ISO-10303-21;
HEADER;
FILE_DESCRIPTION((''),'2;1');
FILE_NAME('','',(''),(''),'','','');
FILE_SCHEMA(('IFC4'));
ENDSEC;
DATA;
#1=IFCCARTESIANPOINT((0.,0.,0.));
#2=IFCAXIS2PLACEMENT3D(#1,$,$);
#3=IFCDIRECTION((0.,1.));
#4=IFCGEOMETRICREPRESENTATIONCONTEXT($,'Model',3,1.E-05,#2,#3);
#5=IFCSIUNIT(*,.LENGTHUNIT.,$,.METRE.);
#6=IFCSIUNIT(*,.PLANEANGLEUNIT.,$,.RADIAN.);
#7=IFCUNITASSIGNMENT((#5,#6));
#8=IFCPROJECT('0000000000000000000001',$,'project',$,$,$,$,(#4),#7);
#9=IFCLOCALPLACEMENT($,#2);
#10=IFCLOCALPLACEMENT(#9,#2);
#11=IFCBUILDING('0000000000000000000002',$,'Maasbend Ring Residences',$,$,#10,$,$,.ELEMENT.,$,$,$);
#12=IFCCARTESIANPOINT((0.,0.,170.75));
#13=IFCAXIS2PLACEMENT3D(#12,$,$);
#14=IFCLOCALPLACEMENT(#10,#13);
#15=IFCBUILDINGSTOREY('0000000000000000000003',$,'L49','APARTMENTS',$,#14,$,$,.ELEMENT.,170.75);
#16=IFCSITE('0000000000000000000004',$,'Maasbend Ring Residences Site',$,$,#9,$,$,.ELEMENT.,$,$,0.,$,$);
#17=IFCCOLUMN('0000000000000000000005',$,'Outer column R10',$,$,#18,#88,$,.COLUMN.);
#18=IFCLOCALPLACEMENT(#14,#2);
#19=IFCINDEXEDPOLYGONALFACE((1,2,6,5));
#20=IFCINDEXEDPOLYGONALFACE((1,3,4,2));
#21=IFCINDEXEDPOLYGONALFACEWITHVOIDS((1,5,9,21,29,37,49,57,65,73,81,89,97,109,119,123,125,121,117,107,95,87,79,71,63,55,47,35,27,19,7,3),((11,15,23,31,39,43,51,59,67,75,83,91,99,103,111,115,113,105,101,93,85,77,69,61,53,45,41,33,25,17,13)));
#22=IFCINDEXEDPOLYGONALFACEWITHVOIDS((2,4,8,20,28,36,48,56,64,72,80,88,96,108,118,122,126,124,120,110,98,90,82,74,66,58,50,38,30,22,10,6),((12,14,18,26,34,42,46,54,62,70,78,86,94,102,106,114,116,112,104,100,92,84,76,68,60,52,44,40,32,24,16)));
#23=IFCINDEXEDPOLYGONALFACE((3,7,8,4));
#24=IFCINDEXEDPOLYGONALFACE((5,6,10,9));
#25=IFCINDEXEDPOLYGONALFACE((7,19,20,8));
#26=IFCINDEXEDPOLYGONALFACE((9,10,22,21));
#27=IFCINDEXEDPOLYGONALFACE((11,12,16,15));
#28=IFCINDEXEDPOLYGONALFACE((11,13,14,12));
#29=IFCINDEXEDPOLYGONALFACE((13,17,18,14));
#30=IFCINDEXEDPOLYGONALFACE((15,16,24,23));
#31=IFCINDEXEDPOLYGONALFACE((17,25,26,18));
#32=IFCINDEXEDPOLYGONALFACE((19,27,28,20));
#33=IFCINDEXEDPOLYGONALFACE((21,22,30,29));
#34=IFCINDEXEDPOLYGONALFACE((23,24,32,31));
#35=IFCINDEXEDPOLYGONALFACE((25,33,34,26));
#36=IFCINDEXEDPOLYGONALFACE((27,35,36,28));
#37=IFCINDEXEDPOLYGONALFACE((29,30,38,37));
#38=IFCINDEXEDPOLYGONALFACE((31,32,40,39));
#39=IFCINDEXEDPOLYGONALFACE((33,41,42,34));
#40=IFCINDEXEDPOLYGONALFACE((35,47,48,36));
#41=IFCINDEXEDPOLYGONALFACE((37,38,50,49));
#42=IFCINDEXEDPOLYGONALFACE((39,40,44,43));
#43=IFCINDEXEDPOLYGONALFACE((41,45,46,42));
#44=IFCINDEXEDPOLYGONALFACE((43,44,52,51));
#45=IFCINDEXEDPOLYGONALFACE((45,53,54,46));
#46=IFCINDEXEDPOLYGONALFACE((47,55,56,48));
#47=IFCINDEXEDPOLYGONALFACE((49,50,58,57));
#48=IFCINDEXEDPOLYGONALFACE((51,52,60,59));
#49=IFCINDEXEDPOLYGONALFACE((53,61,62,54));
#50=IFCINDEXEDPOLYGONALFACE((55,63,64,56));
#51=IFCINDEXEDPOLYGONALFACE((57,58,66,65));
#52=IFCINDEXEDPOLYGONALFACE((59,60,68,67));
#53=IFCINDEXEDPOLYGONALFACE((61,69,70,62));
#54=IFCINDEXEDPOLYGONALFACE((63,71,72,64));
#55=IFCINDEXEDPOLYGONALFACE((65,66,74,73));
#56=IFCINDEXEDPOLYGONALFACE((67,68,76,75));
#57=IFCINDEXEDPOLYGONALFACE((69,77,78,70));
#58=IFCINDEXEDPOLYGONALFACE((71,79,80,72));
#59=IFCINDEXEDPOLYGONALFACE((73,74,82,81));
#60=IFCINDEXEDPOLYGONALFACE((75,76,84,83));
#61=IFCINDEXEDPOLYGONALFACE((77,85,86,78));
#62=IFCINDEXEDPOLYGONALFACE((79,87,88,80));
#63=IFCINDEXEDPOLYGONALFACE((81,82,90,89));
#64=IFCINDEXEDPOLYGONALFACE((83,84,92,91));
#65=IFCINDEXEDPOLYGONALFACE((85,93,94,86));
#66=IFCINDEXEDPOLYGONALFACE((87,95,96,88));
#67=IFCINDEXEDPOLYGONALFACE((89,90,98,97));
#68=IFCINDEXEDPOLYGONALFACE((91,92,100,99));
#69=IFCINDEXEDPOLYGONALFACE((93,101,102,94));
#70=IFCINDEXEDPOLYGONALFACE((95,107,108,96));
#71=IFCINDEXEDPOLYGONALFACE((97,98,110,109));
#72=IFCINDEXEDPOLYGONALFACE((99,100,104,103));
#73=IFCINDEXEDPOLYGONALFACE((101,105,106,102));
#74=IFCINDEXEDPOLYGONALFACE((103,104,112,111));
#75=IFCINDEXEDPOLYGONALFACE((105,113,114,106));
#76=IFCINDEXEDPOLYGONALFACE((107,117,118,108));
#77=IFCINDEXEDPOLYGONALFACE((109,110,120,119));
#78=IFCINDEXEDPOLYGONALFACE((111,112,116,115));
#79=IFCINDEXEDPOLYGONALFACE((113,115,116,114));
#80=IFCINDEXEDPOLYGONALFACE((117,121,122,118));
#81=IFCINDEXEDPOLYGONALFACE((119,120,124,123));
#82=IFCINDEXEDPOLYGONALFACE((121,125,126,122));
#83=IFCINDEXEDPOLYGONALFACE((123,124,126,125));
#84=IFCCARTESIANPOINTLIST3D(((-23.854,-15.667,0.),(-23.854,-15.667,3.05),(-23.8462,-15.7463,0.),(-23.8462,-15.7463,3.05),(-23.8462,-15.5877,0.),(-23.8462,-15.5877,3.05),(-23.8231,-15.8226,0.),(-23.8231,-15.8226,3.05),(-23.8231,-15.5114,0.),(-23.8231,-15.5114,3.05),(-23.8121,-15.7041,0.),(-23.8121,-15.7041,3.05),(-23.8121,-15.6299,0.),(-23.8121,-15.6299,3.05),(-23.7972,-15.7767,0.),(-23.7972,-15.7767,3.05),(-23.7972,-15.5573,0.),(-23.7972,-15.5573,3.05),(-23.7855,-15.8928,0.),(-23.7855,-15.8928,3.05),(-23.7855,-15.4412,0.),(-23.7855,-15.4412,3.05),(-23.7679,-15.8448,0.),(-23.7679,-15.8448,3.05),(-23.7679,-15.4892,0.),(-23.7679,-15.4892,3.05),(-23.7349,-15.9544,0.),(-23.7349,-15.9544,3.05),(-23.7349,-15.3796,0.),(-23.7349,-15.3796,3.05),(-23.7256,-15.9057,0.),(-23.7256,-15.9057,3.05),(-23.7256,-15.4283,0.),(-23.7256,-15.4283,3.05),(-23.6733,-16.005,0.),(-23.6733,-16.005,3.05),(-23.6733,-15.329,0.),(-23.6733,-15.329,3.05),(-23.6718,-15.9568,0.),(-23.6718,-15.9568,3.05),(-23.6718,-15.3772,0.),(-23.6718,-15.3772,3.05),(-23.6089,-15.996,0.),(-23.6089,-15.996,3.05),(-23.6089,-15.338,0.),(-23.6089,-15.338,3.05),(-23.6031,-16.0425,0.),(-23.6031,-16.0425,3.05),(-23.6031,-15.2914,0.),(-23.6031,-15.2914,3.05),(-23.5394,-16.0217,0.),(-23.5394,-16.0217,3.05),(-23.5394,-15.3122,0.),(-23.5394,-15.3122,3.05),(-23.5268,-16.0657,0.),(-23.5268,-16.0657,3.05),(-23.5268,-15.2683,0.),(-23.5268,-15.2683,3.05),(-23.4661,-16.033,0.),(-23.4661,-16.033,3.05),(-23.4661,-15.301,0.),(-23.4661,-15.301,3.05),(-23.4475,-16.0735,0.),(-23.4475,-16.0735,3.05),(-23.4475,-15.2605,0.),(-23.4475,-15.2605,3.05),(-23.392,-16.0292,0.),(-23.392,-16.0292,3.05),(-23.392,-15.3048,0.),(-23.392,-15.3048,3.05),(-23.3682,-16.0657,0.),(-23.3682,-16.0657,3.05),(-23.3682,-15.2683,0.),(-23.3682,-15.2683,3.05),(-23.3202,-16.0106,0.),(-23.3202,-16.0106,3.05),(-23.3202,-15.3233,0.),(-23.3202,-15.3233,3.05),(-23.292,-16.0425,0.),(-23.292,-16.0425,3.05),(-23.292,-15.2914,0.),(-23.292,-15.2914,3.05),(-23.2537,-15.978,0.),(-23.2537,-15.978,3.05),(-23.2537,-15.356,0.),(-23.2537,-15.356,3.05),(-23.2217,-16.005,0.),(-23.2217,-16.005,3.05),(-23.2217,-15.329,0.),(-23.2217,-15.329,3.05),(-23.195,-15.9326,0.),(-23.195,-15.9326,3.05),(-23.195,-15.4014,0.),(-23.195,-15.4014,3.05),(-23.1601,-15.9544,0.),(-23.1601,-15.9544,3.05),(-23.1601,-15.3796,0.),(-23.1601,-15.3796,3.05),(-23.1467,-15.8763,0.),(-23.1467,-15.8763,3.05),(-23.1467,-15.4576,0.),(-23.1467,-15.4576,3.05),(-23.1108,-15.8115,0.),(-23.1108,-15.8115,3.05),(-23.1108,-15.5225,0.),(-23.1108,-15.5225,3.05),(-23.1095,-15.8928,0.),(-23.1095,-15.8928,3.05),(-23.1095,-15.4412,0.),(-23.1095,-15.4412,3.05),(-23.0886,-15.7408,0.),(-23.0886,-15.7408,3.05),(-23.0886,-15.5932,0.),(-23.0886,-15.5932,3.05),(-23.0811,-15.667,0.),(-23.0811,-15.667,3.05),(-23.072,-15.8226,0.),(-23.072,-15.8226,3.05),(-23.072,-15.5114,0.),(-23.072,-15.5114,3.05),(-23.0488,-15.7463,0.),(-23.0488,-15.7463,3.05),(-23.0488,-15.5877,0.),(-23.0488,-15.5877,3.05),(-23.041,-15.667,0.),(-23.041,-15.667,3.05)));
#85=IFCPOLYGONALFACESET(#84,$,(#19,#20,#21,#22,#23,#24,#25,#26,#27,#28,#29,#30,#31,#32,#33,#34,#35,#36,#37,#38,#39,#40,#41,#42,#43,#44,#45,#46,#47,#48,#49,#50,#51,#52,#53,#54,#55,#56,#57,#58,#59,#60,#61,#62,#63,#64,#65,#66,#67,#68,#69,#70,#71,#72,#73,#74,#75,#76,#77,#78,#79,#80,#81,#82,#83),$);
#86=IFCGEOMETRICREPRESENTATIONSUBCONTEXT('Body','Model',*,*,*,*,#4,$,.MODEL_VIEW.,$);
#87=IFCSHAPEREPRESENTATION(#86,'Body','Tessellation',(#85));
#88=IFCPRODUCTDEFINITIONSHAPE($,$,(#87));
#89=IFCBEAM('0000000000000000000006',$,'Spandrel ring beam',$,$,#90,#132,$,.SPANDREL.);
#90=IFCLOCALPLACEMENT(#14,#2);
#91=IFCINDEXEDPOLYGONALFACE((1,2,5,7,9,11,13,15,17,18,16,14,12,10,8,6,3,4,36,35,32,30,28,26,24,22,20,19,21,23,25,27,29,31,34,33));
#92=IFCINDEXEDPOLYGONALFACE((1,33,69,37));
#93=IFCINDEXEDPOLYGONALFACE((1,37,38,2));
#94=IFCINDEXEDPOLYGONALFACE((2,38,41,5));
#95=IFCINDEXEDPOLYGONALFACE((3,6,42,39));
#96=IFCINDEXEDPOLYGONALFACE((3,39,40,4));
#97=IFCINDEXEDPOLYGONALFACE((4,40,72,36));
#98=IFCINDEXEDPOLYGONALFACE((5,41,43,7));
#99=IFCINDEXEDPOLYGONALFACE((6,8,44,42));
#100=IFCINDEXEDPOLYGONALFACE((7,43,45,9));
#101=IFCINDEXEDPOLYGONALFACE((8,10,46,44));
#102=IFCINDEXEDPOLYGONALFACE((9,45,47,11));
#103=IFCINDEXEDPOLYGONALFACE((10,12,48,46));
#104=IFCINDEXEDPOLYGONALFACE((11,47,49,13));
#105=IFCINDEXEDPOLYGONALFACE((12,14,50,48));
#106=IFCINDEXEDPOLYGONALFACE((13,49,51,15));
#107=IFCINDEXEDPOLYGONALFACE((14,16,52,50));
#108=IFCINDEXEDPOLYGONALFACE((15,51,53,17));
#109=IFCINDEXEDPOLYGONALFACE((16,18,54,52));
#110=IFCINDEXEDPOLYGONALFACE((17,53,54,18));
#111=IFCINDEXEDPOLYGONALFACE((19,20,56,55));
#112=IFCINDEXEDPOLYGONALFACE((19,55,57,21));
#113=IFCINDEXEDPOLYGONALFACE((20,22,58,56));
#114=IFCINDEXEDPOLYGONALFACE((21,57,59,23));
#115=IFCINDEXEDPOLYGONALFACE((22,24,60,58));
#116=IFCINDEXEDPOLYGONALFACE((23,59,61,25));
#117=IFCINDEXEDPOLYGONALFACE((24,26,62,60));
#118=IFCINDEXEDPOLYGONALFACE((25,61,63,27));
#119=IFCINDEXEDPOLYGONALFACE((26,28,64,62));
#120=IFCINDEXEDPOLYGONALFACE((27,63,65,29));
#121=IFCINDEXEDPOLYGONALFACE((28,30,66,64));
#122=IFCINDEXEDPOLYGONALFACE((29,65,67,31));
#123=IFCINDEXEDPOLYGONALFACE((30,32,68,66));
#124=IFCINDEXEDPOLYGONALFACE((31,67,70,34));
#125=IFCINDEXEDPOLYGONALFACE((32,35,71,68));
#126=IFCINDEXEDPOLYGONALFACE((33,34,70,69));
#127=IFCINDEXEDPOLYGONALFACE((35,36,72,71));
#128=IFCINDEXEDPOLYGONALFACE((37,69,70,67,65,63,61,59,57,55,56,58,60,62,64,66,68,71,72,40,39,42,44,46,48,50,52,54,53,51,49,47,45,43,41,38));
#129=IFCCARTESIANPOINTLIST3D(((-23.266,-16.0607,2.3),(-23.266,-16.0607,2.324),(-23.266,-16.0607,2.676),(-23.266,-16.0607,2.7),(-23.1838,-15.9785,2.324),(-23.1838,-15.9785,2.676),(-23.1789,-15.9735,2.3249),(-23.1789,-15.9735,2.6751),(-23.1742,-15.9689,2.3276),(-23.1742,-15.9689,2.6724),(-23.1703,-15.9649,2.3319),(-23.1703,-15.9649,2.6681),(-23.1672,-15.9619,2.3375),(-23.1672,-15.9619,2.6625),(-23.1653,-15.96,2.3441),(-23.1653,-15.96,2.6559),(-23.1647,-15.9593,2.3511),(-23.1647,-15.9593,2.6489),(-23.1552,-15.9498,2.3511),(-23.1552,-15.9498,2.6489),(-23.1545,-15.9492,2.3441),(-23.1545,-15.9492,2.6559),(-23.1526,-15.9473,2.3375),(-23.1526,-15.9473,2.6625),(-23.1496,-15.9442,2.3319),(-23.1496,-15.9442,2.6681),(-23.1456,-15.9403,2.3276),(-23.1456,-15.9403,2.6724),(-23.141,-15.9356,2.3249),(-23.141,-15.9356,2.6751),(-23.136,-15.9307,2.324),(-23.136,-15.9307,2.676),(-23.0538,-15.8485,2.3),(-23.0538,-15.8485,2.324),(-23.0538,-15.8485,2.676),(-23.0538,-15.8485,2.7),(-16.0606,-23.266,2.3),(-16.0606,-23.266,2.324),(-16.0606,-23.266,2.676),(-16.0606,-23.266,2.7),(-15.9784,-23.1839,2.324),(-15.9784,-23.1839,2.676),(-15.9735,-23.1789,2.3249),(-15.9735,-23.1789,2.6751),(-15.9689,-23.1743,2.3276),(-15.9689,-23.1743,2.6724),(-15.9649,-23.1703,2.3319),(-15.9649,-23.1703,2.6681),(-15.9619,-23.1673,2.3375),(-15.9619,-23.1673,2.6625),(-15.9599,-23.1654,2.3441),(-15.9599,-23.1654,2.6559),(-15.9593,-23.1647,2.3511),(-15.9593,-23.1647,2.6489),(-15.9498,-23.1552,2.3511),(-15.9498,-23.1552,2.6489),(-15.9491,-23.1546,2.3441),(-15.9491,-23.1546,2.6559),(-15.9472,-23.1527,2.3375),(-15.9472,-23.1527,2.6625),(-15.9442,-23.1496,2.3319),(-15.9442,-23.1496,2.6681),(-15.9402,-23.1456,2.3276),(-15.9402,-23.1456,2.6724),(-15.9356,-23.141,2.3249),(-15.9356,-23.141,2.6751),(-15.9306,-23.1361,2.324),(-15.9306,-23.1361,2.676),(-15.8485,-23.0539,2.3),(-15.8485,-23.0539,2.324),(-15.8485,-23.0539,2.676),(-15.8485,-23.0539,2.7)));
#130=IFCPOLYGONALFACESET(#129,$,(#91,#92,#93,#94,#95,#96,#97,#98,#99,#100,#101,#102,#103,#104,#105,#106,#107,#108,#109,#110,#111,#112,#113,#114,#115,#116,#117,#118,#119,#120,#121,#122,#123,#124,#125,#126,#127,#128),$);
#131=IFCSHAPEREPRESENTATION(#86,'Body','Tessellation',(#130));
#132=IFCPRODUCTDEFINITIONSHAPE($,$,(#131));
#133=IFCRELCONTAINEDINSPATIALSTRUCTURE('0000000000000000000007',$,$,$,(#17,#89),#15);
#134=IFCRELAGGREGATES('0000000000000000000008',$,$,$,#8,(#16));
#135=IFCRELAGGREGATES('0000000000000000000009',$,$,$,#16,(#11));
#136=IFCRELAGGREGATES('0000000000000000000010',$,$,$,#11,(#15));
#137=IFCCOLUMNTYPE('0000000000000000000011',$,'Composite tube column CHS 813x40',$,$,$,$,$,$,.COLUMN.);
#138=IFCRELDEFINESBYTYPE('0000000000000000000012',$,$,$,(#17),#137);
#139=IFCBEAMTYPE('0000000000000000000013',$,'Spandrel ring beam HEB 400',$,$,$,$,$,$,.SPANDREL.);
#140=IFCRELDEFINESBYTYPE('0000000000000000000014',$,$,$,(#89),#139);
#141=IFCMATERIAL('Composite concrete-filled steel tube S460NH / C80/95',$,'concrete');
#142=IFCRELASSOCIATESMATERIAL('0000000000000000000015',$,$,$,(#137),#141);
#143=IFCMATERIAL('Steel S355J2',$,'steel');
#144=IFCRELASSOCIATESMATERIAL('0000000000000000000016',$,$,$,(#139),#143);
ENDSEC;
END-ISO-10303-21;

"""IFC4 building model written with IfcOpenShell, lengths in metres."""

from ifc_helpers import new_model, si_unit, direction, frame, origin, origin_2d, place, context, subcontext, project, spatial, hollow_circle, i_section, extrude, material, material_profile, profile_set, type_object, element, save


model = new_model("IFC4")

# Units and contexts
model_context = context("Model", 3, precision=1e-05, world=origin(), true_north=direction((0.0, 1.0)))
body_context = subcontext(model_context, "Body", "Model", "MODEL_VIEW")
ifc_project = project(units=[si_unit("LENGTHUNIT", "METRE"), si_unit("PLANEANGLEUNIT", "RADIAN")], contexts=[model_context])

# Site, building, storey
site_placement = place(None, origin())
site = spatial("IfcSite", under=ifc_project, at=site_placement, Name="Maasbend Ring Residences Site", CompositionType="ELEMENT", RefElevation=0.0)
building_placement = place(site_placement, origin())
building = spatial("IfcBuilding", under=site, at=building_placement, Name="Maasbend Ring Residences", CompositionType="ELEMENT")
storey_placement = place(building_placement, frame((0.0, 0.0, 170.75)))
storey = spatial("IfcBuildingStorey", under=building, at=storey_placement, Name="L49", Description="APARTMENTS", CompositionType="ELEMENT", Elevation=170.75)

# Column
ifc_material_1 = material(Name="Composite concrete-filled steel tube S460NH / C80/95", Category="concrete")
ifc_material_profile_1 = material_profile(ifc_material_1, hollow_circle(Radius=0.4065, WallThickness=0.04, at=origin_2d()), Name="Composite tube column CHS 813x40")
ifc_profile_set_1 = profile_set([ifc_material_profile_1], Name="Composite concrete-filled steel tube S460NH / C80/95")
column_type = type_object("IfcColumnType", Name="Composite tube column CHS 813x40", PredefinedType="COLUMN", material=ifc_profile_set_1)
column_placement = place(storey_placement, frame((-23.4475, -15.667, 0.0), z_axis=(0.0, 0.0, 1.0), x_axis=(1.0, 0.0, 0.0)))
element("IfcColumn", 1, at=column_placement, inside=storey, type_object=column_type, Name="Outer column R10", PredefinedType="COLUMN", context=body_context, shape_type="SweptSolid", body=[
    extrude(hollow_circle(Radius=0.4065, WallThickness=0.04, at=origin_2d()), origin(), (0.0, 0.0, 1.0), 3.05),
])

# Beam
ifc_material_2 = material(Name="Steel S355J2", Category="steel")
ifc_material_profile_2 = material_profile(ifc_material_2, i_section(OverallWidth=0.3, OverallDepth=0.3999, WebThickness=0.0134, FlangeThickness=0.0239, FilletRadius=0.0271, at=origin_2d()), Name="HEB 400")
ifc_profile_set_2 = profile_set([ifc_material_profile_2], Name="Steel S355J2")
beam_type = type_object("IfcBeamType", Name="Spandrel ring beam HEB 400", PredefinedType="SPANDREL", material=ifc_profile_set_2)
beam_placement = place(storey_placement, frame((-23.1599, -15.9546, 2.5), z_axis=(0.707107, -0.707107, 0.0), x_axis=(0.707107, 0.707107, 0.0)))
element("IfcBeam", 2, at=beam_placement, inside=storey, type_object=beam_type, Name="Spandrel ring beam", PredefinedType="SPANDREL", context=body_context, shape_type="SweptSolid", body=[
    extrude(i_section(OverallWidth=0.3, OverallDepth=0.3999, WebThickness=0.0134, FlangeThickness=0.0239, FilletRadius=0.0271, at=origin_2d()), origin(), (0.0, 0.0, 1.0), 10.1899),
])

save(model, "model.ifc")
